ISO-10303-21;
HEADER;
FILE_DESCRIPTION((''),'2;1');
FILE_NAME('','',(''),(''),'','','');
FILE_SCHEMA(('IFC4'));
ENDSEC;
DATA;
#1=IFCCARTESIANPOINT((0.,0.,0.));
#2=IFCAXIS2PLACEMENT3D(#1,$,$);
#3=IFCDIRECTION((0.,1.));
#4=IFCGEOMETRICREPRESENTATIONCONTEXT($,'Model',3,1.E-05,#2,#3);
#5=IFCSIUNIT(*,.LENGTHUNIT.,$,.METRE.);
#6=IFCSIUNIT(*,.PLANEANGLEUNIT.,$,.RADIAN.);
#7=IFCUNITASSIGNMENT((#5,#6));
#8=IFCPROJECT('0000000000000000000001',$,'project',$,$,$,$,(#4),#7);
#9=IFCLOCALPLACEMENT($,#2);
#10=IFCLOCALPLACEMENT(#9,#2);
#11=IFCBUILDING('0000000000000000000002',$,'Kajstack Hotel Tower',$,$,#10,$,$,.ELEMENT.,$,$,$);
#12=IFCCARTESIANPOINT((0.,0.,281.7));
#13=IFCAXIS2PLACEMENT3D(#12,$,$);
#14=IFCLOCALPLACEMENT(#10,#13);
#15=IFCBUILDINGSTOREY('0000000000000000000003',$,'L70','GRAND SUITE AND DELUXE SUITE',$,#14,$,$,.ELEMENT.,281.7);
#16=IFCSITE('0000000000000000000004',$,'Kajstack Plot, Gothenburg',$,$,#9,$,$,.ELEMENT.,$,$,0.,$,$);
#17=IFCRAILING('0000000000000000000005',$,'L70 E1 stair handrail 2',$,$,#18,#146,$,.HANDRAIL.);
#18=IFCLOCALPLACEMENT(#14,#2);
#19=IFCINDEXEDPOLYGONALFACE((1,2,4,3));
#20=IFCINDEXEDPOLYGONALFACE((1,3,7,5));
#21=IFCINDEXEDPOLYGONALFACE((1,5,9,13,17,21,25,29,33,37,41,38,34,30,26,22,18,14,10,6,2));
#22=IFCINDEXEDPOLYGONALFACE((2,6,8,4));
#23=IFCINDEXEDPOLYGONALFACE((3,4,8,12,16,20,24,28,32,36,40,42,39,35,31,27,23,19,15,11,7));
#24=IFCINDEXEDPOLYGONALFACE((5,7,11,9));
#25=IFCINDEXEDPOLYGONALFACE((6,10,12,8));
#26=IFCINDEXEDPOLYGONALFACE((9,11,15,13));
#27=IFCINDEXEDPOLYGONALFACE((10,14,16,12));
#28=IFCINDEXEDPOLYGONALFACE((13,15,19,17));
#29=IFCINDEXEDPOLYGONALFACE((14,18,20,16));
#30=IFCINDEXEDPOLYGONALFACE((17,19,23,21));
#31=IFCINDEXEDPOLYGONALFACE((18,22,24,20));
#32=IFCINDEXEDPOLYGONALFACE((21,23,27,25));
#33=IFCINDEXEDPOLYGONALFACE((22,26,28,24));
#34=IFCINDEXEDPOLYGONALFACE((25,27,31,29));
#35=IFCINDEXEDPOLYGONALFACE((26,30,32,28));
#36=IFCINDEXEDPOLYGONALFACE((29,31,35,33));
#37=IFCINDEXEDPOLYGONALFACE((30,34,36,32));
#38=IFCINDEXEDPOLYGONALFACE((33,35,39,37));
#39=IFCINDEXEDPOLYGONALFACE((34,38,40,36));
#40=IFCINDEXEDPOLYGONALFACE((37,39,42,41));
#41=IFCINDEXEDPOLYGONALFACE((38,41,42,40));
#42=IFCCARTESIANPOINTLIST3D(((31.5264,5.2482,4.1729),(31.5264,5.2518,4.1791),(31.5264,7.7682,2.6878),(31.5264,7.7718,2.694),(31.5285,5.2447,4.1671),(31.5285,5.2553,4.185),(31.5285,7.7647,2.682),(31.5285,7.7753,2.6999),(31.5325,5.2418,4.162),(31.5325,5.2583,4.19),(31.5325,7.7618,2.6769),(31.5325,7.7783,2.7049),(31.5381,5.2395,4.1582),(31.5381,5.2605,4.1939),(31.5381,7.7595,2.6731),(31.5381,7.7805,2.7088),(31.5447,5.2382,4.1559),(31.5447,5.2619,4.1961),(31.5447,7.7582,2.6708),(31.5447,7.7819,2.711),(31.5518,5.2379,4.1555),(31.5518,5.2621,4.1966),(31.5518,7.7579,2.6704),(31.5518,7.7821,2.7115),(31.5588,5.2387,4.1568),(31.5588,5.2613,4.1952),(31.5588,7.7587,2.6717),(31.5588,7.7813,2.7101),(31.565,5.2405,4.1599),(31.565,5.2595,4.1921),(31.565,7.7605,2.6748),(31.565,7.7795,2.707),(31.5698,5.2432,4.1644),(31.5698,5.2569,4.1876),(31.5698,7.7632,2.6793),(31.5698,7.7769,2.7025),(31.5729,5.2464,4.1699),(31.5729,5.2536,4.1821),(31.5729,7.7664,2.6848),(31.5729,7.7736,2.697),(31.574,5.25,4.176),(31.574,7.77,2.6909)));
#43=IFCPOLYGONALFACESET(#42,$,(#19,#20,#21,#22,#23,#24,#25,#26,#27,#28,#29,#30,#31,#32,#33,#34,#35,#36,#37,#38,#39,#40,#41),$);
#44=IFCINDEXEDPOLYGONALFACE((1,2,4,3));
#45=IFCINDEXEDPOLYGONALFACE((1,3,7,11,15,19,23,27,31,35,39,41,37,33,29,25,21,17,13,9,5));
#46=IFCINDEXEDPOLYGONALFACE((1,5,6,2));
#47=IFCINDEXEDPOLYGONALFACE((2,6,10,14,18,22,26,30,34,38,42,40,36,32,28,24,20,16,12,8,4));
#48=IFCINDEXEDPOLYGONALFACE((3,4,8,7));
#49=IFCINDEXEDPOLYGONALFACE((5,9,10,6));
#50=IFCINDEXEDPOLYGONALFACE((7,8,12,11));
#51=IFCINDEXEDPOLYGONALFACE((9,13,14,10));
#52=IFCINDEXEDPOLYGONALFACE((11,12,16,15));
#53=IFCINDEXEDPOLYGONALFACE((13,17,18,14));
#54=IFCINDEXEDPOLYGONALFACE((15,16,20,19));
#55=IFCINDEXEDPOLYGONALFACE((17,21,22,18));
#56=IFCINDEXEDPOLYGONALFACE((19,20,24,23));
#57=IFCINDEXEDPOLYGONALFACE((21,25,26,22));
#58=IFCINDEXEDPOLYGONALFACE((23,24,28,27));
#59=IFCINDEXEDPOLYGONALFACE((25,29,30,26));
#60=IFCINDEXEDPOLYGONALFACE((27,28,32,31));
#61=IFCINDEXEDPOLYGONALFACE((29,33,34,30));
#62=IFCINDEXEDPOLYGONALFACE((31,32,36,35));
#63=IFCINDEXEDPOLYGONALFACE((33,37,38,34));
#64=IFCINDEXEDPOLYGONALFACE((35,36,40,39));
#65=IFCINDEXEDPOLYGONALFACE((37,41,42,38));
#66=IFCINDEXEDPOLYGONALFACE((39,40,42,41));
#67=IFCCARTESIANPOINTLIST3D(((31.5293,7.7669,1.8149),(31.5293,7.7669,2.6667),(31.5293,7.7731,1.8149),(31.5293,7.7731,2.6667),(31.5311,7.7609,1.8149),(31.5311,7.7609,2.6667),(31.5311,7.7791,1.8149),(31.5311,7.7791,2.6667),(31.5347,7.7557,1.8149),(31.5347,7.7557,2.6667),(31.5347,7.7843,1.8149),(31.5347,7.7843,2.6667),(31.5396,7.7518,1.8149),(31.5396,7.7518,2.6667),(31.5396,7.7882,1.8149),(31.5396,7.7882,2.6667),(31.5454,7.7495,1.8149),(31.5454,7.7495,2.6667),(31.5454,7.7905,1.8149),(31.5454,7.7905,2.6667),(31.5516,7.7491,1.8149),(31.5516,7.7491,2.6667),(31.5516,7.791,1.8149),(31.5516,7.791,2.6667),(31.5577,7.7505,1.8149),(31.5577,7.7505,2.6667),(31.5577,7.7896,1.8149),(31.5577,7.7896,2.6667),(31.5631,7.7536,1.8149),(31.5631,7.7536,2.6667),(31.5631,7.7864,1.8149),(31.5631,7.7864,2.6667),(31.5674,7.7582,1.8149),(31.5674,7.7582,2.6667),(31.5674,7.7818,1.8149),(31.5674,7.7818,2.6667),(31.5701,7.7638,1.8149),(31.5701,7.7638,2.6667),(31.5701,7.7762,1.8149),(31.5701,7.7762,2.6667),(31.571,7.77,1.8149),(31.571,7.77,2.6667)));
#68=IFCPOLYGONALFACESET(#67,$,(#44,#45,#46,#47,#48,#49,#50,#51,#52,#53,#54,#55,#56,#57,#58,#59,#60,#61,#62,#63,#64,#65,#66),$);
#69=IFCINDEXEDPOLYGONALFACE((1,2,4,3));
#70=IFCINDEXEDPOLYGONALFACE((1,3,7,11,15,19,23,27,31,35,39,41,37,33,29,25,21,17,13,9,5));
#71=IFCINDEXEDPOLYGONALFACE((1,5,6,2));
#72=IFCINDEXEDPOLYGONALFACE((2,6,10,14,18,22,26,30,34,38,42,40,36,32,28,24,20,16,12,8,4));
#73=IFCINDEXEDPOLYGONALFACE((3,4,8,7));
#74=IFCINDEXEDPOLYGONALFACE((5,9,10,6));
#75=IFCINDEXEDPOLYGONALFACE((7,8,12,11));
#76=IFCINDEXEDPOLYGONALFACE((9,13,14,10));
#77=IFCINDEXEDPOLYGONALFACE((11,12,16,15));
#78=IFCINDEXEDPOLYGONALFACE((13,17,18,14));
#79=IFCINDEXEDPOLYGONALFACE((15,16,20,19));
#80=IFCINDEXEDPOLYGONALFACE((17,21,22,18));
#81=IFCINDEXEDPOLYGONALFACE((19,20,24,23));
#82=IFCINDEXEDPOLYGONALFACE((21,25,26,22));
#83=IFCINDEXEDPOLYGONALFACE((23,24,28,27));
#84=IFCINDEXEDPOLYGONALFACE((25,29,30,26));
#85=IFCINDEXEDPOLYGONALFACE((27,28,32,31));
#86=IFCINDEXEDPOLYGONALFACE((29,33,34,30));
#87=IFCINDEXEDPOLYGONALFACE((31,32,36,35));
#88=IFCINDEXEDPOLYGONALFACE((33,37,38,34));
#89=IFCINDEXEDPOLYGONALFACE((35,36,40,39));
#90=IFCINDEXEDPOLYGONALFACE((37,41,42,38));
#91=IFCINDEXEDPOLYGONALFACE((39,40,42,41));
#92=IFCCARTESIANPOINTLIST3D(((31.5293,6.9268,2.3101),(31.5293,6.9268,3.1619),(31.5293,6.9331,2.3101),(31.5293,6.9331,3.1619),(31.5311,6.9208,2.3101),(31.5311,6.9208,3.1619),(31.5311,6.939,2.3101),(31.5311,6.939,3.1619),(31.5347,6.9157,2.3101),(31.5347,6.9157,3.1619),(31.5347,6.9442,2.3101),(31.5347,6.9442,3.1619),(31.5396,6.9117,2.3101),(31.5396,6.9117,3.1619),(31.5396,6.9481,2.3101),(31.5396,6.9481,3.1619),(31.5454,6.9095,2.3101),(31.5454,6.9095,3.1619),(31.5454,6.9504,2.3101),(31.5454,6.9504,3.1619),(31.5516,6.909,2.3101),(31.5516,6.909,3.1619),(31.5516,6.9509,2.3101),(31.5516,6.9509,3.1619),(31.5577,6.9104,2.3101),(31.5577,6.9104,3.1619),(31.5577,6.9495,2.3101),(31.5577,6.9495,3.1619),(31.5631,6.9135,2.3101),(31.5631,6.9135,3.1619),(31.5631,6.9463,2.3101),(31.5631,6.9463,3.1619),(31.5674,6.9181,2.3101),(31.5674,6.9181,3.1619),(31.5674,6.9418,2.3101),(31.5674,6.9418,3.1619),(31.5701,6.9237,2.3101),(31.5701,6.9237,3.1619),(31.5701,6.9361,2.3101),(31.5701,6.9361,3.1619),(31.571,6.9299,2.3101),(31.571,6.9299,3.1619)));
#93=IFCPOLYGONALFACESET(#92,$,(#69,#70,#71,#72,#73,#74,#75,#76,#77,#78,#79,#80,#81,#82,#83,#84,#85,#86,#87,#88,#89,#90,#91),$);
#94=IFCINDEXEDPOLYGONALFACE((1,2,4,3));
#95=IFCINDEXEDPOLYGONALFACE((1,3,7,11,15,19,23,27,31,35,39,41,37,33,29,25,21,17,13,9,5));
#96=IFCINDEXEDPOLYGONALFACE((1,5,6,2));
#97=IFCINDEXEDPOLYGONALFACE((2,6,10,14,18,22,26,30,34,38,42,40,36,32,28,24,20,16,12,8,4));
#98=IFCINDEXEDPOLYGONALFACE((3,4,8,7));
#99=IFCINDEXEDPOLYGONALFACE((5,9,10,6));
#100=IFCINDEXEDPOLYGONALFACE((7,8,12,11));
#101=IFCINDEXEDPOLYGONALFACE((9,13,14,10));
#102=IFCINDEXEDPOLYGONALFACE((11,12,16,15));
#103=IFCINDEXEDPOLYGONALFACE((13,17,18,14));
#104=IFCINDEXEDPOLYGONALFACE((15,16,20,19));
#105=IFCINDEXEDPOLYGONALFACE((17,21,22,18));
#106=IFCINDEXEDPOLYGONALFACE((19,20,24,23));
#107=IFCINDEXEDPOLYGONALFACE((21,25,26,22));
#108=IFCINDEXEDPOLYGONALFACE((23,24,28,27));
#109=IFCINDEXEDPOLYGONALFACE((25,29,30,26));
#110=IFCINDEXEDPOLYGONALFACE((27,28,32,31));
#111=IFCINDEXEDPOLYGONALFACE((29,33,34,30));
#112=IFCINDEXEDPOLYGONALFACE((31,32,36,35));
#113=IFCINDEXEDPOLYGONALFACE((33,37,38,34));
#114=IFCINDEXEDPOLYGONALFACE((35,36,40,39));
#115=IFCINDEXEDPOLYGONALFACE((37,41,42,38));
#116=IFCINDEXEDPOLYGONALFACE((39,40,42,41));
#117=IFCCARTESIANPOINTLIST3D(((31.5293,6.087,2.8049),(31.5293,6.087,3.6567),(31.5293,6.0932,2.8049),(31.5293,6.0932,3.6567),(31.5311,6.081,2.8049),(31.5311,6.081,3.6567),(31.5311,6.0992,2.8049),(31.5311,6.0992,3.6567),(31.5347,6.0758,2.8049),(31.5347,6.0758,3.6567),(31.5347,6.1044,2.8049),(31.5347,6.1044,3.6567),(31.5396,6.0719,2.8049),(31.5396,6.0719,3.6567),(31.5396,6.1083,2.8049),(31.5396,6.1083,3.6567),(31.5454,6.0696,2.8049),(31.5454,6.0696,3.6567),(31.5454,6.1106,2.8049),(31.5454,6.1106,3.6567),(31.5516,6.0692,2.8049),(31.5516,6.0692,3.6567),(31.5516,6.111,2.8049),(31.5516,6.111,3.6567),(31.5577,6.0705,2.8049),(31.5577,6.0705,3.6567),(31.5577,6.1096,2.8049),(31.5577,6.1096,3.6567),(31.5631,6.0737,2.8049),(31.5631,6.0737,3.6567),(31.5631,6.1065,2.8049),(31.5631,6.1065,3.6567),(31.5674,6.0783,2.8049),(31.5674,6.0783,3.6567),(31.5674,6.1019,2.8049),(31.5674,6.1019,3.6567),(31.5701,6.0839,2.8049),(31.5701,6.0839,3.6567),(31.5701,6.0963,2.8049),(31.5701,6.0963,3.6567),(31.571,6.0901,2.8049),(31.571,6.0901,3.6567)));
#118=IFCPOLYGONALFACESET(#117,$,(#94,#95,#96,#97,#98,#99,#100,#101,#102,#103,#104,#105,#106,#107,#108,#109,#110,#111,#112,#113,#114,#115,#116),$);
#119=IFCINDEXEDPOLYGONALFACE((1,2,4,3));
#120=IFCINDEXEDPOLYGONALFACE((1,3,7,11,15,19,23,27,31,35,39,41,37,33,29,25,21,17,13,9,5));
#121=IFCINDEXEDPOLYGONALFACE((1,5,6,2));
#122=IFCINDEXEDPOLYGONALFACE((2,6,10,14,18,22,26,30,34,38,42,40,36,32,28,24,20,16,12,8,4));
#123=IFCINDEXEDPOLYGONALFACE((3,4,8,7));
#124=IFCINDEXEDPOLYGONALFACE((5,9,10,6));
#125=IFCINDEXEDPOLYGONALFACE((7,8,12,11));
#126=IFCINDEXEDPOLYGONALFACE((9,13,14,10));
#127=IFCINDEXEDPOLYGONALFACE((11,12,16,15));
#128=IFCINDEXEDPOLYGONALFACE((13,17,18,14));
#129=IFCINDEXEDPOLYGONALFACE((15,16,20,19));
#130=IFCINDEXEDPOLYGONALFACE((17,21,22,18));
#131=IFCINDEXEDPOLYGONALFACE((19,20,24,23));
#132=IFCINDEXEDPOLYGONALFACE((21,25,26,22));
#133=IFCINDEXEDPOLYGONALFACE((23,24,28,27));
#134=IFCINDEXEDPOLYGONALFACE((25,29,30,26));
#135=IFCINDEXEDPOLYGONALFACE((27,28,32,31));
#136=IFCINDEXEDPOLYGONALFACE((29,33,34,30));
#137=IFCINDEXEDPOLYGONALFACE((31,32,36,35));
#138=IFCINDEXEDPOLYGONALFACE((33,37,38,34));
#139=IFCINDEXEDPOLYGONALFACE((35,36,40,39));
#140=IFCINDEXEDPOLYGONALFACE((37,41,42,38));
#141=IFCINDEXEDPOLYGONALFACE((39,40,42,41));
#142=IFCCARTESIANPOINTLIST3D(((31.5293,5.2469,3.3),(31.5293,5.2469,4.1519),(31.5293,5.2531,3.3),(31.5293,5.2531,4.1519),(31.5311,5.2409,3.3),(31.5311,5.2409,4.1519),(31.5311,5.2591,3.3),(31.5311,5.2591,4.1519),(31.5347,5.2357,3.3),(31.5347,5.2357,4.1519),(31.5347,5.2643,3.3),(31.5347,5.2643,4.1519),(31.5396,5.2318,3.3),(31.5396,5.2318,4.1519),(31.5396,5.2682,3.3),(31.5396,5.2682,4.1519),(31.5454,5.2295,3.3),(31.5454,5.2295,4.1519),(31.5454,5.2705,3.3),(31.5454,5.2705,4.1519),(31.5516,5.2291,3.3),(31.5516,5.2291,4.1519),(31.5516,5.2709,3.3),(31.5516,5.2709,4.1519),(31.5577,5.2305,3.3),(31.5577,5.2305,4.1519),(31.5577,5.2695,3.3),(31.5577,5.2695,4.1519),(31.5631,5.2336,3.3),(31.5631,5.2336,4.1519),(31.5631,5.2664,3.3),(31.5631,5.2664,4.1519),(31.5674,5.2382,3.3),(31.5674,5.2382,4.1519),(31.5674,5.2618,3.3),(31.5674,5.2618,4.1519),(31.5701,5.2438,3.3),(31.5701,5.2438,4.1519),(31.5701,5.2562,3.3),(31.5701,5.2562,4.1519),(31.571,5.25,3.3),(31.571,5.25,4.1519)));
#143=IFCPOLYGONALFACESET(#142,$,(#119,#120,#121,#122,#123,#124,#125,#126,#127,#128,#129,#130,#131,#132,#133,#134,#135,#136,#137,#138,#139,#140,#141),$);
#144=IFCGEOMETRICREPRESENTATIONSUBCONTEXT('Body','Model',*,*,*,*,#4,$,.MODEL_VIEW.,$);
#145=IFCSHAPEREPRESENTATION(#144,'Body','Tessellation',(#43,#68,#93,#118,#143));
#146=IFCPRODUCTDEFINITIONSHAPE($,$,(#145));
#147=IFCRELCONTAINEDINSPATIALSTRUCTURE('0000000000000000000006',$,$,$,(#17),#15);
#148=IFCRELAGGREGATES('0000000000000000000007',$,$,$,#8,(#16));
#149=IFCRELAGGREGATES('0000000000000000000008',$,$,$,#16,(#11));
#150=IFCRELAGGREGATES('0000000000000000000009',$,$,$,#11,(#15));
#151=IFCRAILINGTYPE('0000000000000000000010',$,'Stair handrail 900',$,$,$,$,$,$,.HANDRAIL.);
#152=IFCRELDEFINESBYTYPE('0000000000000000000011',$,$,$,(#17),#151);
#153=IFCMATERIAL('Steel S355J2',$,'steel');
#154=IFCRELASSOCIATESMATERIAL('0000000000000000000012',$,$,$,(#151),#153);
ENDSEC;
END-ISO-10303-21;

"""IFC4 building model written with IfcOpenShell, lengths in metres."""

from ifc_helpers import new_model, si_unit, direction, frame, origin, origin_2d, place, context, subcontext, project, spatial, circle, extrude, material, type_object, element, save


model = new_model("IFC4")

# Units and contexts
model_context = context("Model", 3, precision=1e-05, world=origin(), true_north=direction((0.0, 1.0)))
body_context = subcontext(model_context, "Body", "Model", "MODEL_VIEW")
ifc_project = project(units=[si_unit("LENGTHUNIT", "METRE"), si_unit("PLANEANGLEUNIT", "RADIAN")], contexts=[model_context])

# Site, building, storey
site_placement = place(None, origin())
site = spatial("IfcSite", under=ifc_project, at=site_placement, Name="Kajstack Plot, Gothenburg", CompositionType="ELEMENT", RefElevation=0.0)
building_placement = place(site_placement, origin())
building = spatial("IfcBuilding", under=site, at=building_placement, Name="Kajstack Hotel Tower", CompositionType="ELEMENT")
storey_placement = place(building_placement, frame((0.0, 0.0, 281.7)))
storey = spatial("IfcBuildingStorey", under=building, at=storey_placement, Name="L70", Description="GRAND SUITE AND DELUXE SUITE", CompositionType="ELEMENT", Elevation=281.7)

# Railing
ifc_material_1 = material(Name="Steel S355J2", Category="steel")
railing_type_1 = type_object("IfcRailingType", Name="Stair handrail 900", PredefinedType="HANDRAIL", material=ifc_material_1)
railing_1_placement = place(storey_placement, frame((31.55, 7.77, 1.8149)))
element("IfcRailing", 1, at=railing_1_placement, inside=storey, type_object=railing_type_1, Name="L70 E1 stair handrail 2", PredefinedType="HANDRAIL", context=body_context, shape_type="SweptSolid", body=[
    extrude(circle(Radius=0.0239, at=origin_2d()), frame((0.0, 0.0, 0.876), z_axis=(0.0, -0.861524, 0.507717), x_axis=(1.0, 0.0, 0.0)), (0.0, 0.0, 1.0), 2.925),
    extrude(circle(Radius=0.021, at=origin_2d()), origin(), (0.0, 0.0, 1.0), 0.8518),
    extrude(circle(Radius=0.021, at=origin_2d()), frame((0.0, -0.8401, 0.4951)), (0.0, 0.0, 1.0), 0.8518),
    extrude(circle(Radius=0.021, at=origin_2d()), frame((0.0, -1.6799, 0.99)), (0.0, 0.0, 1.0), 0.8518),
    extrude(circle(Radius=0.021, at=origin_2d()), frame((0.0, -2.52, 1.4851)), (0.0, 0.0, 1.0), 0.8518),
])

save(model, "model.ifc")
